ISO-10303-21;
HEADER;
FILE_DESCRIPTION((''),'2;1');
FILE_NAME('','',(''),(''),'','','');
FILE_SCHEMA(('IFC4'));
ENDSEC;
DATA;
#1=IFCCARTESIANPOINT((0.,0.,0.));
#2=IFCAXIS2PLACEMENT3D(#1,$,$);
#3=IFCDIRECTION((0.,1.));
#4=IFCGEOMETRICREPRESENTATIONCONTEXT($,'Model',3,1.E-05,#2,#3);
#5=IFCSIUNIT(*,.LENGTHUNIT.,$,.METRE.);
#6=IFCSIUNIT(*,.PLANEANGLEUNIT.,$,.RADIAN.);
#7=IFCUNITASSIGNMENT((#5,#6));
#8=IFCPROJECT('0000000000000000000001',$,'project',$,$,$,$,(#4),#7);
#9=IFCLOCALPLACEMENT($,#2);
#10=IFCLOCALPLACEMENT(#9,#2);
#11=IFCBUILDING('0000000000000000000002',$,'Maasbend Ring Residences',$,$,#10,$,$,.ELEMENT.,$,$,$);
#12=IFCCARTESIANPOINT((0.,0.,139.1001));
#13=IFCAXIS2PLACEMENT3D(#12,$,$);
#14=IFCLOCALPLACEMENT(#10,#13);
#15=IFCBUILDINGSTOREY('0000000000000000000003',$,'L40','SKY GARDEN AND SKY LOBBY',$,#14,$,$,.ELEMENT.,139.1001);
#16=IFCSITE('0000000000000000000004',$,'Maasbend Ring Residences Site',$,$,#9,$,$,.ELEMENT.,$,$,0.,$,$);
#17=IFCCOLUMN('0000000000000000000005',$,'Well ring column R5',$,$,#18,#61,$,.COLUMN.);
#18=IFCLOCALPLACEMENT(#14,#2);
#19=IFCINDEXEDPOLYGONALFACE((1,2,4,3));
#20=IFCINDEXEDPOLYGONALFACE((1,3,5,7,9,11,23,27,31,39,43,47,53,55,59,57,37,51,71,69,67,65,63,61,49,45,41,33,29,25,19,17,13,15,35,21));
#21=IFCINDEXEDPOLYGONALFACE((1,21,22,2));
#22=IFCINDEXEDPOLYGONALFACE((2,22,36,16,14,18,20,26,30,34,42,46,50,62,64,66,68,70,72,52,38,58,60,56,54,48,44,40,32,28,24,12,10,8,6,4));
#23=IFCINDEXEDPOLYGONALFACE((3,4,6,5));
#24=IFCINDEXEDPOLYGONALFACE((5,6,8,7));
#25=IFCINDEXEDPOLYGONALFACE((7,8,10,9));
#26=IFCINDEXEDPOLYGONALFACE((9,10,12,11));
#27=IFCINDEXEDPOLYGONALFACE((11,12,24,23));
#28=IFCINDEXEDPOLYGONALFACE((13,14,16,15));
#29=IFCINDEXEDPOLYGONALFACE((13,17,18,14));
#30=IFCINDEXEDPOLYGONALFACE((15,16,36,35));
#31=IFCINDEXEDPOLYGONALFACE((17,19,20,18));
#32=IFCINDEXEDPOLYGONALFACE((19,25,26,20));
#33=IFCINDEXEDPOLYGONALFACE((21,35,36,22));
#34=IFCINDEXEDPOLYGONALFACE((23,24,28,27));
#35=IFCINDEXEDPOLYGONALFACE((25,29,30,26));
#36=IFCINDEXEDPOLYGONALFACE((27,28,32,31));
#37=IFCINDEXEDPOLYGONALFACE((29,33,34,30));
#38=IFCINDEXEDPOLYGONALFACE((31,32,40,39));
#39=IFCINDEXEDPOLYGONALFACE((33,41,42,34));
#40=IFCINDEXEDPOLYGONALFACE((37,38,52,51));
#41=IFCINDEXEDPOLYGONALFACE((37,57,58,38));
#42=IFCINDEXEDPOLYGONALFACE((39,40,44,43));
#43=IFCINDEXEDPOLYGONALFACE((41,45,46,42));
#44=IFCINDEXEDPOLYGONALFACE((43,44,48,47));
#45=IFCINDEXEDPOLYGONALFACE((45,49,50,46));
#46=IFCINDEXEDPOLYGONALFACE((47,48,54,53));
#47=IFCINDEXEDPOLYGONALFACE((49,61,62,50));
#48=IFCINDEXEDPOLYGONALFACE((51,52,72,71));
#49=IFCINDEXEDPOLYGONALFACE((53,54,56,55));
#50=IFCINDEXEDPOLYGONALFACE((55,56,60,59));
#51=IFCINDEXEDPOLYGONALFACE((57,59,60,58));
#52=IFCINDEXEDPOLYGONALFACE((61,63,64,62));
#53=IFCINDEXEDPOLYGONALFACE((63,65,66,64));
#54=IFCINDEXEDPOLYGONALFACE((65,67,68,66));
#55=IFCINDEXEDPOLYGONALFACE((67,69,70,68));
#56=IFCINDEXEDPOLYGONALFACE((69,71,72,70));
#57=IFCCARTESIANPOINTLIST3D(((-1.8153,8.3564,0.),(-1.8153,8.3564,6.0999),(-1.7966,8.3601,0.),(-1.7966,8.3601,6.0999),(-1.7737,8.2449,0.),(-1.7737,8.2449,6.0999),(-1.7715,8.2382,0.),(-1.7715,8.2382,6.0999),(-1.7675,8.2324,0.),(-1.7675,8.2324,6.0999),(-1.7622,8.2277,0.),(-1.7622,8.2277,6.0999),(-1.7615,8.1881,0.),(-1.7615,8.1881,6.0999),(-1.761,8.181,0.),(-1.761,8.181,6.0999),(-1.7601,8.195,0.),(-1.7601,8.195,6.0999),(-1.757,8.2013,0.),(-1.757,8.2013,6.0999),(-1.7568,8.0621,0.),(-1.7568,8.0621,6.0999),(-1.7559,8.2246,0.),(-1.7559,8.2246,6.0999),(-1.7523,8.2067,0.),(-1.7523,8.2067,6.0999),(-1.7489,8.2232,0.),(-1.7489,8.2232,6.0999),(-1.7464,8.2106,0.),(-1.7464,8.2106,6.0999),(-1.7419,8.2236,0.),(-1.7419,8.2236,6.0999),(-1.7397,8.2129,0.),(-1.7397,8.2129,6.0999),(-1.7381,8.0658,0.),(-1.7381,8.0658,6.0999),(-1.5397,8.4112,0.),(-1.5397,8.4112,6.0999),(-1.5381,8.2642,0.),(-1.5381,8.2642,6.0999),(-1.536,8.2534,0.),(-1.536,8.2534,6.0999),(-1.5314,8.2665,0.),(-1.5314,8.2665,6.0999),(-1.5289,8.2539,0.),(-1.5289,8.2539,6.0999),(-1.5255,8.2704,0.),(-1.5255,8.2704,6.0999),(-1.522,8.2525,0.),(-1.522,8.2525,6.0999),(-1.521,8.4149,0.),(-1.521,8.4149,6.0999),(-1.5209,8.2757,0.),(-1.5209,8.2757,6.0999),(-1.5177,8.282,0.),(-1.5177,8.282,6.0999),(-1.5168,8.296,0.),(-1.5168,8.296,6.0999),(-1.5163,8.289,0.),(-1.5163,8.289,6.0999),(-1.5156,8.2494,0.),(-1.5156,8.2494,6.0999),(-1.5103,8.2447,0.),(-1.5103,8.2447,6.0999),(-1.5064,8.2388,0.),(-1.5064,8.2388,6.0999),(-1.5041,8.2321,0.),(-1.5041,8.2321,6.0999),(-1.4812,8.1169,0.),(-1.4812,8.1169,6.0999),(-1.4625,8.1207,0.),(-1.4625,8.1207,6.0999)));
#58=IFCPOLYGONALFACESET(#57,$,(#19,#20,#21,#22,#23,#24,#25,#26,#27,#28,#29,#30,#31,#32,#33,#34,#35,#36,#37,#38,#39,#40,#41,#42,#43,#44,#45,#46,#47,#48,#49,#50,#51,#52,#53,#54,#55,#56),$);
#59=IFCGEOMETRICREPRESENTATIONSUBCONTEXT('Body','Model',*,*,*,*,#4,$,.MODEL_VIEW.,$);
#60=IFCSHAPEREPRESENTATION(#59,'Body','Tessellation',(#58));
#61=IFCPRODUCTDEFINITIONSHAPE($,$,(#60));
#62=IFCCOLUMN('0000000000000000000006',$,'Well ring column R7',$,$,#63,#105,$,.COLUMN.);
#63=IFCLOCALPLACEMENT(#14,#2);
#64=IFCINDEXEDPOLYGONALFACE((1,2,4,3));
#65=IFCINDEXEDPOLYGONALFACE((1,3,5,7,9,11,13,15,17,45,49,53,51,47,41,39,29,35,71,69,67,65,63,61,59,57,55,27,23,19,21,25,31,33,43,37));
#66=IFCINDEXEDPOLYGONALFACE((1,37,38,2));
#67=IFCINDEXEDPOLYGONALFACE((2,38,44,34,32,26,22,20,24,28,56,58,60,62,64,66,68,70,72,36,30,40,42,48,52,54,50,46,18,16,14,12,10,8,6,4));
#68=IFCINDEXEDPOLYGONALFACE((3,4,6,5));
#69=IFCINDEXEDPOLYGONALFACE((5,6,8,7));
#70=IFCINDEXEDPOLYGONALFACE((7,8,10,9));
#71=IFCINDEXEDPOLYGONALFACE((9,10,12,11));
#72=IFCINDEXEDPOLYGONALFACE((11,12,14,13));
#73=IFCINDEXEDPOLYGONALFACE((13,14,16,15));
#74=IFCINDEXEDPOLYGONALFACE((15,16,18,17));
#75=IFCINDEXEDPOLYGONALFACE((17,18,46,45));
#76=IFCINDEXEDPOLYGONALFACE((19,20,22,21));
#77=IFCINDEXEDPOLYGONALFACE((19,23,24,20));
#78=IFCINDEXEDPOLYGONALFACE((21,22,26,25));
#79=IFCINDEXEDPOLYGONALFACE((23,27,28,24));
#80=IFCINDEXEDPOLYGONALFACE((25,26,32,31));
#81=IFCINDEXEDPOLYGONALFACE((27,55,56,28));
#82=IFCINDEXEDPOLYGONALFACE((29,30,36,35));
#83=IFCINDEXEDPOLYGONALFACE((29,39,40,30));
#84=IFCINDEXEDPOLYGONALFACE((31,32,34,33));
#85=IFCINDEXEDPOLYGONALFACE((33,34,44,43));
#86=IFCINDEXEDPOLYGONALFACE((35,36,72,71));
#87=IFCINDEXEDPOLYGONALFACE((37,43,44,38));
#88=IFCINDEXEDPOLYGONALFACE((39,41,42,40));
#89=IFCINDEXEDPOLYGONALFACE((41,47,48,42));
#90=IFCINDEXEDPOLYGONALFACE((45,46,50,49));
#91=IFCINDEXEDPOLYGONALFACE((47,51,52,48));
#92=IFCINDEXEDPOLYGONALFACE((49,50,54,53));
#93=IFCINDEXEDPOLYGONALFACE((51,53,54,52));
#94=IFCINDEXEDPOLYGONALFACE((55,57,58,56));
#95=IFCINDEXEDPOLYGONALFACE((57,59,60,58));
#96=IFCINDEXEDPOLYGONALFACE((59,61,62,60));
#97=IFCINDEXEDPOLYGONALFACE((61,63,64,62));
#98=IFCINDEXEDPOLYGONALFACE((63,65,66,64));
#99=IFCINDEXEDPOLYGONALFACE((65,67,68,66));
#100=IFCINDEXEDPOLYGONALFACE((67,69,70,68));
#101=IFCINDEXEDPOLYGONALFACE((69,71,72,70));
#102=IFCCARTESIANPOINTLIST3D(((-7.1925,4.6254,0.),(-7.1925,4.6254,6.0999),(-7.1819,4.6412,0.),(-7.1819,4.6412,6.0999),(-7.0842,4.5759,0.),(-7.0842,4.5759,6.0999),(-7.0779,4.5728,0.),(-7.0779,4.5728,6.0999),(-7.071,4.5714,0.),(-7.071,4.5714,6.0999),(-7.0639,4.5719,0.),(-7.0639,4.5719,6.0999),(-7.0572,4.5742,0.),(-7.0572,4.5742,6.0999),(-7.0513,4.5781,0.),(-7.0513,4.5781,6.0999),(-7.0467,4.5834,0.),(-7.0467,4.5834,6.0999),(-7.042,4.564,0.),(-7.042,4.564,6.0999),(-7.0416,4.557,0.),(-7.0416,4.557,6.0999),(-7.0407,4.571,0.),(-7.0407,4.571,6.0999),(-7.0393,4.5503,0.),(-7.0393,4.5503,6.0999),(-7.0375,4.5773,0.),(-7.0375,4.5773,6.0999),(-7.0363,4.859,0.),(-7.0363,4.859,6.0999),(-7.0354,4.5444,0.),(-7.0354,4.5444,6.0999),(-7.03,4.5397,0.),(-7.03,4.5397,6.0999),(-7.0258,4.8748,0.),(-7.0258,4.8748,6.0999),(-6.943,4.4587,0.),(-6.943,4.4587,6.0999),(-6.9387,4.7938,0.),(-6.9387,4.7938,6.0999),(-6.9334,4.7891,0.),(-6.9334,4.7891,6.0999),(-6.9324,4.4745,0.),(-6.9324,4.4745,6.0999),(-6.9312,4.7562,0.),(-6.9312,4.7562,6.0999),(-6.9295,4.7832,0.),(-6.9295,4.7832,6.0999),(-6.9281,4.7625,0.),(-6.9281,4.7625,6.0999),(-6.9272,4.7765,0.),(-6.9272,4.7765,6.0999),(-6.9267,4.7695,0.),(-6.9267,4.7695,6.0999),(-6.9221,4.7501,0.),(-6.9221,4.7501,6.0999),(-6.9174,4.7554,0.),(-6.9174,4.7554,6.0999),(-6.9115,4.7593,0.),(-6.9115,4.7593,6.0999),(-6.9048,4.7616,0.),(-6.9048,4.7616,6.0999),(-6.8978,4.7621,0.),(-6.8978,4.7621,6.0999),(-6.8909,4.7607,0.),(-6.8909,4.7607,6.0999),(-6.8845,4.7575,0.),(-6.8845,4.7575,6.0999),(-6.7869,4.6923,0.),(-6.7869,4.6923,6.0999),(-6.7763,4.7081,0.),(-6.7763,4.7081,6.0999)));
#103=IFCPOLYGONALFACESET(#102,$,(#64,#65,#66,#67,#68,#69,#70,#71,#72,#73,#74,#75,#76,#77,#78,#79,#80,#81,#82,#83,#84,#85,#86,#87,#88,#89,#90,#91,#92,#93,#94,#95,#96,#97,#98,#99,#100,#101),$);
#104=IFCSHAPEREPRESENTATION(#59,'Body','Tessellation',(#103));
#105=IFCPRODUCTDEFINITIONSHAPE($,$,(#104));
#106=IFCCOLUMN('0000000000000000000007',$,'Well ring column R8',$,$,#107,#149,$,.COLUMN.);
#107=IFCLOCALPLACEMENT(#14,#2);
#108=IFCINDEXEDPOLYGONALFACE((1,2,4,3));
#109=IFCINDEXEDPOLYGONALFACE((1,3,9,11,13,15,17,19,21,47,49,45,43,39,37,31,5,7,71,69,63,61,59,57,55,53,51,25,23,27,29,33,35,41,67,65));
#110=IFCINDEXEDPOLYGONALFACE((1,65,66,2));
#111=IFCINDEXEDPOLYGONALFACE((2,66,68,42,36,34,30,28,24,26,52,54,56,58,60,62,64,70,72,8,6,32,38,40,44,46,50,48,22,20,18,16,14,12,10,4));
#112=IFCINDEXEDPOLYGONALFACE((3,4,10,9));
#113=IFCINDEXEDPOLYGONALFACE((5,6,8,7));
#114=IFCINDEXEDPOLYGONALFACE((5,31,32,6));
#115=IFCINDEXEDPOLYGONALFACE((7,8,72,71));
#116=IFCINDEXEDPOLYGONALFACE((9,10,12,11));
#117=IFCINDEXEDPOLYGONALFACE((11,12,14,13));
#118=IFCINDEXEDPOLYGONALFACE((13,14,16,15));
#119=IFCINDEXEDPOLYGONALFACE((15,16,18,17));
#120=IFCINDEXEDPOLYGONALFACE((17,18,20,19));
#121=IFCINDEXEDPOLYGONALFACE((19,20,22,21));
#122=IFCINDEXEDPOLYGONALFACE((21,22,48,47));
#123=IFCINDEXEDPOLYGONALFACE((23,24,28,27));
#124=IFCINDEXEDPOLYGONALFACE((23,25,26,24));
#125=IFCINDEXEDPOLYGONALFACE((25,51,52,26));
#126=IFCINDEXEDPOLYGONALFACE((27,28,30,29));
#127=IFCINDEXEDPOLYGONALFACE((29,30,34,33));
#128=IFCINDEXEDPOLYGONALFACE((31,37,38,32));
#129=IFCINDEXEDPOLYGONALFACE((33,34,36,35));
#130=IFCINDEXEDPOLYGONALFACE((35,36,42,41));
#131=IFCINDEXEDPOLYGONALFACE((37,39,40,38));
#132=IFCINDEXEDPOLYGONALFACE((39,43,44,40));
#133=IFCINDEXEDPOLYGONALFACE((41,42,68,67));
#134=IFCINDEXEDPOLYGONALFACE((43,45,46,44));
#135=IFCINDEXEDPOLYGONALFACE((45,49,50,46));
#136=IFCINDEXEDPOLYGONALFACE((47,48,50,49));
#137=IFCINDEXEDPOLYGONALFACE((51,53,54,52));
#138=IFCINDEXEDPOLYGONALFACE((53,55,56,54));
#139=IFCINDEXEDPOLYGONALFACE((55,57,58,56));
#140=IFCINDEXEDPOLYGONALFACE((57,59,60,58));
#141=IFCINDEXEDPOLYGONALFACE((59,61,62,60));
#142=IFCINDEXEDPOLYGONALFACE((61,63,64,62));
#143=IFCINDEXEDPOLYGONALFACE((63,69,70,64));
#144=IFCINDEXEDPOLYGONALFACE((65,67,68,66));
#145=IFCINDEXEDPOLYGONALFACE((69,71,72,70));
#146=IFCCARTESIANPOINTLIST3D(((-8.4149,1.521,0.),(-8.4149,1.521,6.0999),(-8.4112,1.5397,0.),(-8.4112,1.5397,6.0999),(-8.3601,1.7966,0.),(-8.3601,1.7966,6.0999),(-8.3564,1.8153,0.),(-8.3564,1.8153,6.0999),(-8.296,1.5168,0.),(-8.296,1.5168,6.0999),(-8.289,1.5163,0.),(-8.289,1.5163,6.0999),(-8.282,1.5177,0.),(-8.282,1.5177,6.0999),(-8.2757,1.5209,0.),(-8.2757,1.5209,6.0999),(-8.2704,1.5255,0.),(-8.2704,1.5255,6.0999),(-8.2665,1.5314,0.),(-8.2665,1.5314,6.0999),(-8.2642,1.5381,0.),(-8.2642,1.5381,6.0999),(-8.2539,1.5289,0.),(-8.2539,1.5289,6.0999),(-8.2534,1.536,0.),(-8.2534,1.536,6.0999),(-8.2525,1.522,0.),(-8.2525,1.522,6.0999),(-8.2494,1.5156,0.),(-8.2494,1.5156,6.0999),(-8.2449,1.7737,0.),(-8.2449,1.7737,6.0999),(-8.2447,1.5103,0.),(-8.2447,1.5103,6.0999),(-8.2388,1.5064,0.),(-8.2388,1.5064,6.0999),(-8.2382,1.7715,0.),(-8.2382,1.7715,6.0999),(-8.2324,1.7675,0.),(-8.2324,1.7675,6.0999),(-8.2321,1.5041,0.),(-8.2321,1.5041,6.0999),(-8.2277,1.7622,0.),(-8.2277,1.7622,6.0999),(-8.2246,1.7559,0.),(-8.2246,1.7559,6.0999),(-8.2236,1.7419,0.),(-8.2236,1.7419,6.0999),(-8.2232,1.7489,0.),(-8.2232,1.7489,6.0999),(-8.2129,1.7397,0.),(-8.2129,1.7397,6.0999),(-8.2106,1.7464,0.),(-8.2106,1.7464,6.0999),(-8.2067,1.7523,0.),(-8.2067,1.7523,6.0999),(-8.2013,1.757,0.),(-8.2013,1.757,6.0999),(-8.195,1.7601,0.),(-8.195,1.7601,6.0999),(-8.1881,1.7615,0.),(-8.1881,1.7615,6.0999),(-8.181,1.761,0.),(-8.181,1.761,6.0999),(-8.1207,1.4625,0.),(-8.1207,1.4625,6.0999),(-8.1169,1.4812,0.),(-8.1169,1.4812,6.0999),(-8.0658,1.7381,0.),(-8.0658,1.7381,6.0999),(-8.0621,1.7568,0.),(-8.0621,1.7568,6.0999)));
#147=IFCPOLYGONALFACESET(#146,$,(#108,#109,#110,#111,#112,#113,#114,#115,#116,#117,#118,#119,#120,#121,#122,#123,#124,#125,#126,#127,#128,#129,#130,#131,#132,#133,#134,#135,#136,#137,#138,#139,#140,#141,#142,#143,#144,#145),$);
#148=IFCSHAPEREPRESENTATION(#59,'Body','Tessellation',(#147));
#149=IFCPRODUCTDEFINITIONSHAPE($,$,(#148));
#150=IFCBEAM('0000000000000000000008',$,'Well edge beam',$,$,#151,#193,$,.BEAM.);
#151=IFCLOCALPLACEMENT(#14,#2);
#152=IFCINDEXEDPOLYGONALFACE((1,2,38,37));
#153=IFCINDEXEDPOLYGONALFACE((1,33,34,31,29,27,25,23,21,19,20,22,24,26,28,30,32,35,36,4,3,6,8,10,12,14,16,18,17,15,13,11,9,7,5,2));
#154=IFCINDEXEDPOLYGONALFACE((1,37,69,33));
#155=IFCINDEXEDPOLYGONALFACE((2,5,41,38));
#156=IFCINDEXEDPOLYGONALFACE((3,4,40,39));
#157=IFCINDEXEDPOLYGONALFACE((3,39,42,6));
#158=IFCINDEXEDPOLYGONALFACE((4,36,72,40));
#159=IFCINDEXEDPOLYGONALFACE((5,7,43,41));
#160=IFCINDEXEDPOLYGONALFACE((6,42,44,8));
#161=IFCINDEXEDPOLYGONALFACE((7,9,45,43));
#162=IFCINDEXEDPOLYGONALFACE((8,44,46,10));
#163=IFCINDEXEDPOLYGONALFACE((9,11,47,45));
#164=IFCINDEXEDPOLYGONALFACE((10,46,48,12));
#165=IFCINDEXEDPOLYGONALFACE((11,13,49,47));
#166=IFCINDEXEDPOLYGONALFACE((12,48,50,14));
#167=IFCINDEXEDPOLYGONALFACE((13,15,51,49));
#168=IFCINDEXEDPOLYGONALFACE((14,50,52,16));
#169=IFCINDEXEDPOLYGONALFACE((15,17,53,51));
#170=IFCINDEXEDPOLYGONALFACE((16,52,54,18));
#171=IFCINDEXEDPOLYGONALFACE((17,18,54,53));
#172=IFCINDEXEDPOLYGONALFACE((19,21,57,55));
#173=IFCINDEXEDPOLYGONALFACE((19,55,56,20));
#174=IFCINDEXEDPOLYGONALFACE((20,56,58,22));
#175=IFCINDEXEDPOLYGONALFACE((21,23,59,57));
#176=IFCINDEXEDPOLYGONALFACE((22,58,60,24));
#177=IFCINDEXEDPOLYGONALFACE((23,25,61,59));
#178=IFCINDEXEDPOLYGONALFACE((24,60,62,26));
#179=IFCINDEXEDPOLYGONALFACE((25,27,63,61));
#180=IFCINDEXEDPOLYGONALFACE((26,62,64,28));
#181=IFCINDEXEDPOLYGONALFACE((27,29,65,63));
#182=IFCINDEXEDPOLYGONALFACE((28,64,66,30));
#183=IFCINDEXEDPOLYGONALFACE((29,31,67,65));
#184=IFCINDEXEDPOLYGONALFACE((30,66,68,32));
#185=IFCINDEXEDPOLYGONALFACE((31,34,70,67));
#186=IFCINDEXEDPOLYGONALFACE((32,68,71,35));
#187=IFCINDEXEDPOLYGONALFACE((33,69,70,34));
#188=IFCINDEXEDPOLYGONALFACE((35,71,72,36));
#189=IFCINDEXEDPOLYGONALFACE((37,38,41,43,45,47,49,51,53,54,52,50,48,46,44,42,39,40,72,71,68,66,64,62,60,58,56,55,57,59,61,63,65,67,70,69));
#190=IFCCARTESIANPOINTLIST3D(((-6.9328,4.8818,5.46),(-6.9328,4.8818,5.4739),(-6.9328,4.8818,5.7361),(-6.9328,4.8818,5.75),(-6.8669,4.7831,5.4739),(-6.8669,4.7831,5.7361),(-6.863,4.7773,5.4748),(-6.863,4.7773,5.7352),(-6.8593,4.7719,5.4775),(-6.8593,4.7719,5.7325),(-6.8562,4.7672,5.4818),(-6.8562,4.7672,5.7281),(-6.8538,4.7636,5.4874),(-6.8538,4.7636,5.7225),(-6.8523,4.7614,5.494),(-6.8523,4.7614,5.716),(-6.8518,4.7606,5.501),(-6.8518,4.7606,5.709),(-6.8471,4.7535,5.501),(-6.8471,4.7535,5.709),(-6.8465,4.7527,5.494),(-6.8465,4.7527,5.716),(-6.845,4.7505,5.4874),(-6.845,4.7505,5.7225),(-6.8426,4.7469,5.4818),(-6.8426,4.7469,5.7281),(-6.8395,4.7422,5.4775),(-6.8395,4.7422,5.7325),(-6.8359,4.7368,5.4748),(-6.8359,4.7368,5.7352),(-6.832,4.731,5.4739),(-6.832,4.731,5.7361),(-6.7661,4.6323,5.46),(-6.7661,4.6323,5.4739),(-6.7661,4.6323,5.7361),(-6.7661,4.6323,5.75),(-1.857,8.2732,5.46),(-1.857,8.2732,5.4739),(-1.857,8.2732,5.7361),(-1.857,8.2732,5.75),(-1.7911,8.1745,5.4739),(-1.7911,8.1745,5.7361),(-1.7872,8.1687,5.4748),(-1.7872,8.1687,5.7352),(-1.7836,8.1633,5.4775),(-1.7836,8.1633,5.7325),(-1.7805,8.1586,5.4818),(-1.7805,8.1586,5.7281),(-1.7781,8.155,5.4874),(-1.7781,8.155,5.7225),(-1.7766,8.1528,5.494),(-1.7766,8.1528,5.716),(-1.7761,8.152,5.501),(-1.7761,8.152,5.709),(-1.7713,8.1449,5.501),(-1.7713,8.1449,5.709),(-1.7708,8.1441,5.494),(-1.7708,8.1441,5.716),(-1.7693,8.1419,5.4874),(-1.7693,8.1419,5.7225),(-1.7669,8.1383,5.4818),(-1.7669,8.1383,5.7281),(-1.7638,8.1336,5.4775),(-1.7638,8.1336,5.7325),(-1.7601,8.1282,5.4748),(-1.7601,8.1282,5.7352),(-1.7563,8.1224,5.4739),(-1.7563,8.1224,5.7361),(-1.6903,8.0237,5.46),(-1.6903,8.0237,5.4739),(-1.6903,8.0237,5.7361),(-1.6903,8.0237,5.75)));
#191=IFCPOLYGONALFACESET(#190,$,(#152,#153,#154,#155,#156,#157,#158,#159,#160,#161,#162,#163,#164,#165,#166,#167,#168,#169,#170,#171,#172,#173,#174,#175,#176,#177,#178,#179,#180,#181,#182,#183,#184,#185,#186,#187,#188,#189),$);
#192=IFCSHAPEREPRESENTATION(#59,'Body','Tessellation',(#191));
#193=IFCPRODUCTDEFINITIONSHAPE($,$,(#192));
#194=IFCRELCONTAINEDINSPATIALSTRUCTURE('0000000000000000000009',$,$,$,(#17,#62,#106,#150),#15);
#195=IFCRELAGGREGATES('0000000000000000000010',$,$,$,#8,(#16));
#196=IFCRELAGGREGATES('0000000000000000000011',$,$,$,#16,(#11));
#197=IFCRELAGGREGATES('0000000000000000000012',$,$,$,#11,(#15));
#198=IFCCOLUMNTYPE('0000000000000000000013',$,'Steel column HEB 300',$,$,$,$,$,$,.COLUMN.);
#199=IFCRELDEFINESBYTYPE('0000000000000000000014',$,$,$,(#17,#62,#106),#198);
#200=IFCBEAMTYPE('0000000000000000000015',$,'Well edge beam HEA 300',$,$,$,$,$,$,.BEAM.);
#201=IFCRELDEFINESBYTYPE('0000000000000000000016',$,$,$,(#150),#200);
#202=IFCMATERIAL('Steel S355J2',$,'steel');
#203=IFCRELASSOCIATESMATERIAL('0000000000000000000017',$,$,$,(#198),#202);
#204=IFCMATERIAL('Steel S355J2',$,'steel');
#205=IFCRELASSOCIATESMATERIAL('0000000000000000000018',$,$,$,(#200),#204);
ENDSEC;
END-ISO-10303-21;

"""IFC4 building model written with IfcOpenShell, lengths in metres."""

from ifc_helpers import new_model, si_unit, direction, frame, origin, origin_2d, place, context, subcontext, project, spatial, i_section, extrude, material, material_profile, profile_set, type_object, element, save


model = new_model("IFC4")

# Units and contexts
model_context = context("Model", 3, precision=1e-05, world=origin(), true_north=direction((0.0, 1.0)))
body_context = subcontext(model_context, "Body", "Model", "MODEL_VIEW")
ifc_project = project(units=[si_unit("LENGTHUNIT", "METRE"), si_unit("PLANEANGLEUNIT", "RADIAN")], contexts=[model_context])

# Site, building, storey
site_placement = place(None, origin())
site = spatial("IfcSite", under=ifc_project, at=site_placement, Name="Maasbend Ring Residences Site", CompositionType="ELEMENT", RefElevation=0.0)
building_placement = place(site_placement, origin())
building = spatial("IfcBuilding", under=site, at=building_placement, Name="Maasbend Ring Residences", CompositionType="ELEMENT")
storey_placement = place(building_placement, frame((0.0, 0.0, 139.1001)))
storey = spatial("IfcBuildingStorey", under=building, at=storey_placement, Name="L40", Description="SKY GARDEN AND SKY LOBBY", CompositionType="ELEMENT", Elevation=139.1001)

# Columns
ifc_material_1 = material(Name="Steel S355J2", Category="steel")
ifc_material_profile_1 = material_profile(ifc_material_1, i_section(OverallWidth=0.3, OverallDepth=0.3, WebThickness=0.011, FlangeThickness=0.019, FilletRadius=0.0271, at=origin_2d()), Name="HEB 300")
ifc_profile_set_1 = profile_set([ifc_material_profile_1], Name="Steel S355J2")
column_type = type_object("IfcColumnType", Name="Steel column HEB 300", PredefinedType="COLUMN", material=ifc_profile_set_1)
for number, where, z_axis, x_axis, name in (
    (1, (-1.6389, 8.2385, 0.0), (0.0, 0.0, 1.0), (-0.19509, 0.980785, 0.0), "Well ring column R5"),
    (2, (-6.9844, 4.6667, 0.0), (0.0, 0.0, 1.0), (-0.83147, 0.55557, 0.0), "Well ring column R7"),
    (3, (-8.2385, 1.6389, 0.0), (0.0, 0.0, 1.0), (-0.980785, 0.19509, 0.0), "Well ring column R8"),
):
    element("IfcColumn", number, at=place(storey_placement, frame(where, z_axis=z_axis, x_axis=x_axis)), inside=storey, type_object=column_type, Name=name, PredefinedType="COLUMN", context=body_context, shape_type="SweptSolid", body=[
        extrude(i_section(OverallWidth=0.3, OverallDepth=0.3, WebThickness=0.011, FlangeThickness=0.019, FilletRadius=0.0271, at=origin_2d()), origin(), (0.0, 0.0, 1.0), 6.0999),
    ])

# Beam
ifc_material_2 = material(Name="Steel S355J2", Category="steel")
ifc_material_profile_2 = material_profile(ifc_material_2, i_section(OverallWidth=0.3, OverallDepth=0.29, WebThickness=0.0085, FlangeThickness=0.0139, FilletRadius=0.0271, at=origin_2d()), Name="HEA 300")
ifc_profile_set_2 = profile_set([ifc_material_profile_2], Name="Steel S355J2")
beam_type = type_object("IfcBeamType", Name="Well edge beam HEA 300", PredefinedType="BEAM", material=ifc_profile_set_2)
beam_placement = place(storey_placement, frame((-1.7737, 8.1484, 5.605), z_axis=(-0.831478, -0.555558, 0.0), x_axis=(0.555558, -0.831478, 0.0)))
element("IfcBeam", 4, at=beam_placement, inside=storey, type_object=beam_type, Name="Well edge beam", PredefinedType="BEAM", context=body_context, shape_type="SweptSolid", body=[
    extrude(i_section(OverallWidth=0.3, OverallDepth=0.29, WebThickness=0.0085, FlangeThickness=0.0139, FilletRadius=0.0271, at=origin_2d()), origin(), (0.0, 0.0, 1.0), 6.1045),
])

save(model, "model.ifc")
